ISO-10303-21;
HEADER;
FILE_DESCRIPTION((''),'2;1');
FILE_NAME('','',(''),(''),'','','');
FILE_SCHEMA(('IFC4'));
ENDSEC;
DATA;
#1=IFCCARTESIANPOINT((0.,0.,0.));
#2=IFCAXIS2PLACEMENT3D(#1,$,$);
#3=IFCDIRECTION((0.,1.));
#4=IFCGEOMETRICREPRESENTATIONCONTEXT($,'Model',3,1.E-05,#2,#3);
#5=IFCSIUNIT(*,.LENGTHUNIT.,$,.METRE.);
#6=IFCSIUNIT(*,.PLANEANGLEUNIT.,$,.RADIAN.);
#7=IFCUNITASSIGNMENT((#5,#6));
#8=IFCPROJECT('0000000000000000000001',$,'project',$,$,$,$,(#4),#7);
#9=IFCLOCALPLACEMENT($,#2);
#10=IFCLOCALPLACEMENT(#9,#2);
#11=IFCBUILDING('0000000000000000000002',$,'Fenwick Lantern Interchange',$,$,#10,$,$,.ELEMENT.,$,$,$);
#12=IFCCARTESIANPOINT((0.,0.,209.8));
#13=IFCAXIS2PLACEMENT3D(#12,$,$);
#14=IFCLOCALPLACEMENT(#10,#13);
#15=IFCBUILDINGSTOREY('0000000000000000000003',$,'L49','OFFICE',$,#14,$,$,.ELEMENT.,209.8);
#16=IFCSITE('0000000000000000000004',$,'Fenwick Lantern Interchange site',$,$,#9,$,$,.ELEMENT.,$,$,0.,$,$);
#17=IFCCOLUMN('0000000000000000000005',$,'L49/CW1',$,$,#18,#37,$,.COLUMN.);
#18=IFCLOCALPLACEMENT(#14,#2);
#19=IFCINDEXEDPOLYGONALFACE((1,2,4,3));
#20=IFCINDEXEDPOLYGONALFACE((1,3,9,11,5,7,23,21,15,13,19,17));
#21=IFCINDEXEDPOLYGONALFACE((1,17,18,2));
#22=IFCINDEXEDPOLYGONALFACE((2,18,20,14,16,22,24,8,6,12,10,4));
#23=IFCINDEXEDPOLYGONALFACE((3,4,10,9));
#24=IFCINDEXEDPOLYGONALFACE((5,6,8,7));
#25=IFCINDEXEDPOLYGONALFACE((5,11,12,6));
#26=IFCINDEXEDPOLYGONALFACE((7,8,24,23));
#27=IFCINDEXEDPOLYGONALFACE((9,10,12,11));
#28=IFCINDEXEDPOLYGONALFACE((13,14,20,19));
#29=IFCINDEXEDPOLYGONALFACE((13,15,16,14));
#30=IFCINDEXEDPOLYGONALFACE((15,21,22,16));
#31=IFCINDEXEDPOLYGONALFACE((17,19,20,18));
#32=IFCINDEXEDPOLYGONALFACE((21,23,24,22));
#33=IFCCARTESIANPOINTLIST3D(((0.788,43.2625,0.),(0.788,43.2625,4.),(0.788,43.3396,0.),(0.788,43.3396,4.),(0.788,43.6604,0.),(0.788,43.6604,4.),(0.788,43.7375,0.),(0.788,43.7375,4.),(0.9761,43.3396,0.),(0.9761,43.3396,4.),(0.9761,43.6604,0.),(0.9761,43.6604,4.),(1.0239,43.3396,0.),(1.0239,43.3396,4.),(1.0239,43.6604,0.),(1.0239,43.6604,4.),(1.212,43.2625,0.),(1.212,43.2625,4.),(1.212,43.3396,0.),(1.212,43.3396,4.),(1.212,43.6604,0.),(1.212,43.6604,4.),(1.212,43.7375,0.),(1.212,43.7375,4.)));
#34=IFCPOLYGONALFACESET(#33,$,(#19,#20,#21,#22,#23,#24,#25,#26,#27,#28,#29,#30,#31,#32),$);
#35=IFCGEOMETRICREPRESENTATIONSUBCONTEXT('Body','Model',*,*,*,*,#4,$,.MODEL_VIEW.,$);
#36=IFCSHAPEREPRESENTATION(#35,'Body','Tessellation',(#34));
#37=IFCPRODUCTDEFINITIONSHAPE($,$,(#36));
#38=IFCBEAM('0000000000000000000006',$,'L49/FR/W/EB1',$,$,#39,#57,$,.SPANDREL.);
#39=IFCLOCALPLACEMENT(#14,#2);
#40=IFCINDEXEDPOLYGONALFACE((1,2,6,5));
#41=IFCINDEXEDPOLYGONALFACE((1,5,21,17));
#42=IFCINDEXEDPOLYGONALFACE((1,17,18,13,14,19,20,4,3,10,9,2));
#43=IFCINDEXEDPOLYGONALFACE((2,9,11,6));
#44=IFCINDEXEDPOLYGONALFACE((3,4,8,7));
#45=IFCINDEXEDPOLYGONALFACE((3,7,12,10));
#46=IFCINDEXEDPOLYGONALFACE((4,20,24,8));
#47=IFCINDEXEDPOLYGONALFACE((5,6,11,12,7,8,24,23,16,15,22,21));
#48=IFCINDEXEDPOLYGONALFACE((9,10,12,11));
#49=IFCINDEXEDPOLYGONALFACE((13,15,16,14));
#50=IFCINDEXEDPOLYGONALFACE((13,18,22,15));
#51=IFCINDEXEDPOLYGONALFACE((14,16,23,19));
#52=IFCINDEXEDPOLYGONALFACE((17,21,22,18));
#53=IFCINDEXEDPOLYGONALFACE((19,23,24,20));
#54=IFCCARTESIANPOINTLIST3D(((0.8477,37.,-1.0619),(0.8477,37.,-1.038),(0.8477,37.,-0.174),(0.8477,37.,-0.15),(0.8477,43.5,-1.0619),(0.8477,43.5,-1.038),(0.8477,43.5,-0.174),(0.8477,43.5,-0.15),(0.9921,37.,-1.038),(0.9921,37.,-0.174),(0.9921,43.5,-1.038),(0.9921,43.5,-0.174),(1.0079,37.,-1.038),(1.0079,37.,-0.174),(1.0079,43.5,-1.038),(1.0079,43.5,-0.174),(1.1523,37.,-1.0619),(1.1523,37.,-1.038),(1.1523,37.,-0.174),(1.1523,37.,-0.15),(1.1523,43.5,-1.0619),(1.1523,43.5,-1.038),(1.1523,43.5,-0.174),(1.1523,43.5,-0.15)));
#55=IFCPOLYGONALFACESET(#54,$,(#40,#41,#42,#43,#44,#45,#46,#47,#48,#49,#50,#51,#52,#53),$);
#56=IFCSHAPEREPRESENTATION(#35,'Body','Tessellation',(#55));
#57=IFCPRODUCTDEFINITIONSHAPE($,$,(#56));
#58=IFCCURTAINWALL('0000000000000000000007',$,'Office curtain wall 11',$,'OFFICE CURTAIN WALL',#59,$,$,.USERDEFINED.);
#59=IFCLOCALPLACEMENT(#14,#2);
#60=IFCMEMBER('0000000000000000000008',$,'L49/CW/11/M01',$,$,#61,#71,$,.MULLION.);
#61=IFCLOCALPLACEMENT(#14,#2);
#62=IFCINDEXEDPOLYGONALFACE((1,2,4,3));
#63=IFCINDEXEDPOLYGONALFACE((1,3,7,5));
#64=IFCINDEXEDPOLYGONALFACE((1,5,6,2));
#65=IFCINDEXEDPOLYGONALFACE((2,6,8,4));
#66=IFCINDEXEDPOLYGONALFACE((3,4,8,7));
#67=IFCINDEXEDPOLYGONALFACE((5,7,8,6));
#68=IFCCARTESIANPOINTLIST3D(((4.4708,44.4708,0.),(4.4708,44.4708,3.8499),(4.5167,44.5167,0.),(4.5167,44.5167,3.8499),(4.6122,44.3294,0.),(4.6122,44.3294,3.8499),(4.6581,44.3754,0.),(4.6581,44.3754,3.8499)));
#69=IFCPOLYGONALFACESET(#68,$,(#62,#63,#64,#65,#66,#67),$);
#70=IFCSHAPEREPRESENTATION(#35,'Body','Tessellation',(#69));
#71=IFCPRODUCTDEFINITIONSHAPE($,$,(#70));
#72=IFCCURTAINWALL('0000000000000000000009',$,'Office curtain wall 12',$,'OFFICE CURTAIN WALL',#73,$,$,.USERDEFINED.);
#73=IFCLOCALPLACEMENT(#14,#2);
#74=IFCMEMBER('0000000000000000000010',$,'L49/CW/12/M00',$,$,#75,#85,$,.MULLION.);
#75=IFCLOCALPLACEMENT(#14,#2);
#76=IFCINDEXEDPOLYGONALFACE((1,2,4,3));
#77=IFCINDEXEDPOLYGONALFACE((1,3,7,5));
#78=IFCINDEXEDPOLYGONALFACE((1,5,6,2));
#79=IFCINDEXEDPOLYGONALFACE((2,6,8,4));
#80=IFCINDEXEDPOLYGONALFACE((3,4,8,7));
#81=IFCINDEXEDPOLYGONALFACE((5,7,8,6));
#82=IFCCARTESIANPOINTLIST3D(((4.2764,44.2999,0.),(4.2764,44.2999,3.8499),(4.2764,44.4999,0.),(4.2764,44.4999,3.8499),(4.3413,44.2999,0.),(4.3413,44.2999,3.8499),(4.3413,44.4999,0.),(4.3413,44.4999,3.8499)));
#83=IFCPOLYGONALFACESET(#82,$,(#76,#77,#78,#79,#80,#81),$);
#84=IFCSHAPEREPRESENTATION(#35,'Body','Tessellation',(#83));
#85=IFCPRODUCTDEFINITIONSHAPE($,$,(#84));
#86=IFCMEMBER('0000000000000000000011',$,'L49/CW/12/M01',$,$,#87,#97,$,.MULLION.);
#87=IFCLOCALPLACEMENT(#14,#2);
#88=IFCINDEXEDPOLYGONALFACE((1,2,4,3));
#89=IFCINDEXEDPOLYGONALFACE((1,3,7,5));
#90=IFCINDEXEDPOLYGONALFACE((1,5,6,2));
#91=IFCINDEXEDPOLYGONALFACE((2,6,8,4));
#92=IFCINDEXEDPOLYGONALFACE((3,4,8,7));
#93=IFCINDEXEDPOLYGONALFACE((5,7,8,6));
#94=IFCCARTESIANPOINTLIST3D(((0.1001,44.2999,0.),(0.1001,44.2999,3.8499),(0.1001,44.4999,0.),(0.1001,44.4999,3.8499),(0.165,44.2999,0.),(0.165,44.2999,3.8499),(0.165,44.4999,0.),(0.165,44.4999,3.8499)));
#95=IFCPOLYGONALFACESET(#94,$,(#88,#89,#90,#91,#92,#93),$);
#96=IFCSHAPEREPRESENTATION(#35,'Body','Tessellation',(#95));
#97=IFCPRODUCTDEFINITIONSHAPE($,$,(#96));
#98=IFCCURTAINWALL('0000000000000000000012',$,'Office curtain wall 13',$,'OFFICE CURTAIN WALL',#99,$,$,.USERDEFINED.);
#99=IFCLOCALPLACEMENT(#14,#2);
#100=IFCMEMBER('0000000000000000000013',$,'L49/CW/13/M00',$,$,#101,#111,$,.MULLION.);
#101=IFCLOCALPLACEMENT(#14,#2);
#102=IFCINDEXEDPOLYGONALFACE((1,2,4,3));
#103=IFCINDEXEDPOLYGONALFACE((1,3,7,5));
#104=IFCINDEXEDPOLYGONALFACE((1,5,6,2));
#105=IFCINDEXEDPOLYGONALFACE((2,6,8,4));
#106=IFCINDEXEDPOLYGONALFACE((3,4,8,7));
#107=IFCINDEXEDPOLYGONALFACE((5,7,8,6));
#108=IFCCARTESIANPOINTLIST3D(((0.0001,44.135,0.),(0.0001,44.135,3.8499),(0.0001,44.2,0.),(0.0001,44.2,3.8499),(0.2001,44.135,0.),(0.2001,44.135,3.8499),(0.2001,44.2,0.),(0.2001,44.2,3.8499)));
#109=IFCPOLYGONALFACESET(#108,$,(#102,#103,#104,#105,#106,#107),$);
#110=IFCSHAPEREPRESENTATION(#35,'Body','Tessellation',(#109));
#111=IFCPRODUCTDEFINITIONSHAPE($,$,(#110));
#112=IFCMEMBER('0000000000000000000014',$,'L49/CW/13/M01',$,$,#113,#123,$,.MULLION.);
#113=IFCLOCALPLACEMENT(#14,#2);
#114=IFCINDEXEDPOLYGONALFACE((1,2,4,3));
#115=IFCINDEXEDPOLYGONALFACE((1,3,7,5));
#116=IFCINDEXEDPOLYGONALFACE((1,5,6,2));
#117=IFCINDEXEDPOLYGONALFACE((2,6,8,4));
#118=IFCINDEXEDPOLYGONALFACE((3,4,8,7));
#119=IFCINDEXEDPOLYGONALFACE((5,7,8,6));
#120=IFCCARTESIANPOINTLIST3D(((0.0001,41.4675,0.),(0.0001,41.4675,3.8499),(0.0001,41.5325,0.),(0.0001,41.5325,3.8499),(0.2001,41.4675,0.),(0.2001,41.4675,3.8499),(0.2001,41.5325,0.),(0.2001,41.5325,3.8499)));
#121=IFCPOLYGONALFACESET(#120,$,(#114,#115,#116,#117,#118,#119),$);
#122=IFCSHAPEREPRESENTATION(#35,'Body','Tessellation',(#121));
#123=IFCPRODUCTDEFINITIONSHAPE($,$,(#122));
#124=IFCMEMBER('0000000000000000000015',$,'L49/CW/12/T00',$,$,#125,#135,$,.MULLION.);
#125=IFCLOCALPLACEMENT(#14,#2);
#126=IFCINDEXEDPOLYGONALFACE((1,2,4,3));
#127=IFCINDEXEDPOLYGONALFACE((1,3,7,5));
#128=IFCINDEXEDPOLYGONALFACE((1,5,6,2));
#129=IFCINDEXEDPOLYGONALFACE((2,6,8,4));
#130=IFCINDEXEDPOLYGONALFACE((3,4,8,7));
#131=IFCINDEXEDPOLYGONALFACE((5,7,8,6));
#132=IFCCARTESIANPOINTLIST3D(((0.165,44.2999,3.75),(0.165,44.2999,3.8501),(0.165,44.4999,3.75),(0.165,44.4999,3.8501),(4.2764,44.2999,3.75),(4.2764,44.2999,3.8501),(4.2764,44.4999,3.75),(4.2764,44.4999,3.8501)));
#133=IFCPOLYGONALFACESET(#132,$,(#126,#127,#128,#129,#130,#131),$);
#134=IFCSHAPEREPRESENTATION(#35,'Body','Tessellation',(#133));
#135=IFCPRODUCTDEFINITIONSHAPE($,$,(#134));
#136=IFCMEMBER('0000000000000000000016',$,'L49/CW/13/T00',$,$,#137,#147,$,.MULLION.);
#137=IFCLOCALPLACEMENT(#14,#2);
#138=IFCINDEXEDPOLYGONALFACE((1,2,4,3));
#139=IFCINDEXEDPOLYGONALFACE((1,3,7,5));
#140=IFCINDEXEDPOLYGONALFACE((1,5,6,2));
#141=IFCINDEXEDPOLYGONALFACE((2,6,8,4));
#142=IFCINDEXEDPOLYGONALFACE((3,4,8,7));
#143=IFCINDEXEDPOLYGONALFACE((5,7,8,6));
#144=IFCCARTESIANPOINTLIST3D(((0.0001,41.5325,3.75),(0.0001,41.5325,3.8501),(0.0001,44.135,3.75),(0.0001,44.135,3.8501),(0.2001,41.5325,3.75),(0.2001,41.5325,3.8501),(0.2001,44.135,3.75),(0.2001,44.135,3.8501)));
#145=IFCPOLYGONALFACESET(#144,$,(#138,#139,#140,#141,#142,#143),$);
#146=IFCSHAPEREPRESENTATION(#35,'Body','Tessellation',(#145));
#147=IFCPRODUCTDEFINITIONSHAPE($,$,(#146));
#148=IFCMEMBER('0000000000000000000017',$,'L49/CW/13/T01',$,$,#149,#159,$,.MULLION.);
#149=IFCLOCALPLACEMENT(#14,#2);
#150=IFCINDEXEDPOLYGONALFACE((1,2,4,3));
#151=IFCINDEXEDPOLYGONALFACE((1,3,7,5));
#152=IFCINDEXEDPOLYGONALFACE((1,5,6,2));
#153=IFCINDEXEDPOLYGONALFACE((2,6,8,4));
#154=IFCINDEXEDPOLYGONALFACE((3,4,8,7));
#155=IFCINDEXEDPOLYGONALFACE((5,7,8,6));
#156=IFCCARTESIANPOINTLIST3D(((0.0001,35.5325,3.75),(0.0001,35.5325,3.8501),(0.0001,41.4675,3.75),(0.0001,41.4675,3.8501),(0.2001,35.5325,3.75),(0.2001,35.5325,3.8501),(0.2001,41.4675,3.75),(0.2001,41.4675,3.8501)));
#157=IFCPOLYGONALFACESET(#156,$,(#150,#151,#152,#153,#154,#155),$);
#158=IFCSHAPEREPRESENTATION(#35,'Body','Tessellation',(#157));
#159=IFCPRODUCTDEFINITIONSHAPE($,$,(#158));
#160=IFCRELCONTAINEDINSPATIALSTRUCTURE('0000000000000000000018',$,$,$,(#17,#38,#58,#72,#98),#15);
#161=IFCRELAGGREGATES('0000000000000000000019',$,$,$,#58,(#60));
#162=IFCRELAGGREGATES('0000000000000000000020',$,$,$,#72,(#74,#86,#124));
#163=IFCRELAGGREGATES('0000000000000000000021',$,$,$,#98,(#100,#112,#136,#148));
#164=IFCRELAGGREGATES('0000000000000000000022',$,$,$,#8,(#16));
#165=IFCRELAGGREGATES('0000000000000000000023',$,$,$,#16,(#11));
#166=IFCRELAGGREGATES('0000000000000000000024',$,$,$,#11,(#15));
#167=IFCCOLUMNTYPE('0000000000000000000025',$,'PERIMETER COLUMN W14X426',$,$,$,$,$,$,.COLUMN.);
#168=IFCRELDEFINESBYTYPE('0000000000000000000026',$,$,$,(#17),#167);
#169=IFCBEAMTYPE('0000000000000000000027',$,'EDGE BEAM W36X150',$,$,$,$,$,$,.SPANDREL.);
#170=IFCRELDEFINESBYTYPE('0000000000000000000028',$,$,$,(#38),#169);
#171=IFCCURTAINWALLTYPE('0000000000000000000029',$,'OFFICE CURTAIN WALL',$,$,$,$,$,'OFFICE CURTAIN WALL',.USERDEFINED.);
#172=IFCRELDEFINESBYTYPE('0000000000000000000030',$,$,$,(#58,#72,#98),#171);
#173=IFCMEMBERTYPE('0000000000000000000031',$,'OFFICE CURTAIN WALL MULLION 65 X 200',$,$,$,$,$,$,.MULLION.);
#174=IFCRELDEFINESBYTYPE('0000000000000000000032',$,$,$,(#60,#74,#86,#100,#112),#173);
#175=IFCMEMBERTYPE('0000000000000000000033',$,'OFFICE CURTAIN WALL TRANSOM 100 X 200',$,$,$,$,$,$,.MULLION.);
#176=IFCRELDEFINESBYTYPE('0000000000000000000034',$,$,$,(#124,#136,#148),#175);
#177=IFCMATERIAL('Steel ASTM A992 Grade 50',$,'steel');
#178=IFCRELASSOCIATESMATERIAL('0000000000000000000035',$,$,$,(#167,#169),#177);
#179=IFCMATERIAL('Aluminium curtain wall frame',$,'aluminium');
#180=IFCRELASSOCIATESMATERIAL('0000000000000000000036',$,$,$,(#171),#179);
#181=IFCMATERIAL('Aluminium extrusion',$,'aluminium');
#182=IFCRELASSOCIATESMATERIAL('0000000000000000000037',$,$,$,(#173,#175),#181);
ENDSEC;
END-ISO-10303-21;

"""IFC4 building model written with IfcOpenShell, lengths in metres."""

from ifc_helpers import new_model, si_unit, direction, frame, origin, origin_2d, place, context, subcontext, project, spatial, rectangle, i_section, extrude, material, material_profile, profile_set, type_object, element, aggregate, save


model = new_model("IFC4")

# Units and contexts
model_context = context("Model", 3, precision=1e-05, world=origin(), true_north=direction((0.0, 1.0)))
body_context = subcontext(model_context, "Body", "Model", "MODEL_VIEW")
ifc_project = project(units=[si_unit("LENGTHUNIT", "METRE"), si_unit("PLANEANGLEUNIT", "RADIAN")], contexts=[model_context])

# Site, building, storey
site_placement = place(None, origin())
site = spatial("IfcSite", under=ifc_project, at=site_placement, Name="Fenwick Lantern Interchange site", CompositionType="ELEMENT", RefElevation=0.0)
building_placement = place(site_placement, origin())
building = spatial("IfcBuilding", under=site, at=building_placement, Name="Fenwick Lantern Interchange", CompositionType="ELEMENT")
storey_placement = place(building_placement, frame((0.0, 0.0, 209.8)))
storey = spatial("IfcBuildingStorey", under=building, at=storey_placement, Name="L49", Description="OFFICE", CompositionType="ELEMENT", Elevation=209.8)

# Column
ifc_material_1 = material(Name="Steel ASTM A992 Grade 50", Category="steel")
ifc_material_profile_1 = material_profile(ifc_material_1, i_section(OverallWidth=0.4241, OverallDepth=0.4751, WebThickness=0.0479, FlangeThickness=0.0771, at=origin_2d()), Name="W14X426")
ifc_profile_set_1 = profile_set([ifc_material_profile_1], Name="Steel ASTM A992 Grade 50")
column_type = type_object("IfcColumnType", Name="PERIMETER COLUMN W14X426", PredefinedType="COLUMN", material=ifc_profile_set_1)
column_placement = place(storey_placement, frame((1.0, 43.5, 0.0), z_axis=(0.0, 0.0, 1.0), x_axis=(1.0, 0.0, 0.0)))
element("IfcColumn", 1, at=column_placement, inside=storey, type_object=column_type, Name="L49/CW1", PredefinedType="COLUMN", context=body_context, shape_type="SweptSolid", body=[
    extrude(i_section(OverallWidth=0.4241, OverallDepth=0.4751, WebThickness=0.0479, FlangeThickness=0.0771, at=origin_2d()), origin(), (0.0, 0.0, 1.0), 4.0),
])

# Beam
ifc_material_profile_2 = material_profile(ifc_material_1, i_section(OverallWidth=0.3047, OverallDepth=0.9119, WebThickness=0.0159, FlangeThickness=0.0239, at=origin_2d()), Name="W36X150")
ifc_profile_set_2 = profile_set([ifc_material_profile_2], Name="Steel ASTM A992 Grade 50")
beam_type = type_object("IfcBeamType", Name="EDGE BEAM W36X150", PredefinedType="SPANDREL", material=ifc_profile_set_2)
beam_placement = place(storey_placement, frame((1.0, 43.5, -0.606), z_axis=(0.0, -1.0, 0.0), x_axis=(1.0, 0.0, 0.0)))
element("IfcBeam", 2, at=beam_placement, inside=storey, type_object=beam_type, Name="L49/FR/W/EB1", PredefinedType="SPANDREL", context=body_context, shape_type="SweptSolid", body=[
    extrude(i_section(OverallWidth=0.3047, OverallDepth=0.9119, WebThickness=0.0159, FlangeThickness=0.0239, at=origin_2d()), origin(), (0.0, 0.0, 1.0), 6.5),
])

# Curtain wall, member
ifc_material_2 = material(Name="Aluminium curtain wall frame", Category="aluminium")
curtain_wall_type = type_object("IfcCurtainWallType", Name="OFFICE CURTAIN WALL", ElementType="OFFICE CURTAIN WALL", PredefinedType="USERDEFINED", material=ifc_material_2)
curtain_wall_1_placement = place(storey_placement, origin())
curtain_wall_1 = element("IfcCurtainWall", 3, at=curtain_wall_1_placement, inside=storey, type_object=curtain_wall_type, Name="Office curtain wall 11", ObjectType="OFFICE CURTAIN WALL", PredefinedType="USERDEFINED")
ifc_material_3 = material(Name="Aluminium extrusion", Category="aluminium")
ifc_material_profile_3 = material_profile(ifc_material_3, rectangle(XDim=0.2, YDim=0.0649, at=origin_2d()), Name="OFFICE CURTAIN WALL MULLION 65 X 200")
ifc_profile_set_3 = profile_set([ifc_material_profile_3], Name="Aluminium extrusion")
member_type_1 = type_object("IfcMemberType", Name="OFFICE CURTAIN WALL MULLION 65 X 200", PredefinedType="MULLION", material=ifc_profile_set_3)
member_1_placement = place(storey_placement, frame((4.5645, 44.4231, 0.0), z_axis=(0.0, 0.0, 1.0), x_axis=(0.707107, -0.707107, 0.0)))
member_1 = element("IfcMember", 4, at=member_1_placement, type_object=member_type_1, Name="L49/CW/11/M01", PredefinedType="MULLION", context=body_context, shape_type="SweptSolid", body=[
    extrude(rectangle(XDim=0.2, YDim=0.0649, at=origin_2d()), origin(), (0.0, 0.0, 1.0), 3.8499),
])
aggregate(curtain_wall_1, [member_1])

# Curtain walls, members
curtain_wall_2_placement = place(storey_placement, origin())
curtain_wall_2 = element("IfcCurtainWall", 5, at=curtain_wall_2_placement, inside=storey, type_object=curtain_wall_type, Name="Office curtain wall 12", ObjectType="OFFICE CURTAIN WALL", PredefinedType="USERDEFINED")
member_2_placement = place(storey_placement, frame((4.3088, 44.3999, 0.0), z_axis=(0.0, 0.0, 1.0), x_axis=(0.0, -1.0, 0.0)))
member_2 = element("IfcMember", 6, at=member_2_placement, type_object=member_type_1, Name="L49/CW/12/M00", PredefinedType="MULLION", context=body_context, shape_type="SweptSolid", body=[
    extrude(rectangle(XDim=0.2, YDim=0.0649, at=origin_2d()), origin(), (0.0, 0.0, 1.0), 3.8499),
])
member_3_placement = place(storey_placement, frame((0.1326, 44.3999, 0.0), z_axis=(0.0, 0.0, 1.0), x_axis=(0.0, -1.0, 0.0)))
member_3 = element("IfcMember", 7, at=member_3_placement, type_object=member_type_1, Name="L49/CW/12/M01", PredefinedType="MULLION", context=body_context, shape_type="SweptSolid", body=[
    extrude(rectangle(XDim=0.2, YDim=0.0649, at=origin_2d()), origin(), (0.0, 0.0, 1.0), 3.8499),
])
curtain_wall_3_placement = place(storey_placement, origin())
curtain_wall_3 = element("IfcCurtainWall", 8, at=curtain_wall_3_placement, inside=storey, type_object=curtain_wall_type, Name="Office curtain wall 13", ObjectType="OFFICE CURTAIN WALL", PredefinedType="USERDEFINED")
member_4_placement = place(storey_placement, frame((0.1001, 44.1675, 0.0), z_axis=(0.0, 0.0, 1.0), x_axis=(1.0, 0.0, 0.0)))
member_4 = element("IfcMember", 9, at=member_4_placement, type_object=member_type_1, Name="L49/CW/13/M00", PredefinedType="MULLION", context=body_context, shape_type="SweptSolid", body=[
    extrude(rectangle(XDim=0.2, YDim=0.0649, at=origin_2d()), origin(), (0.0, 0.0, 1.0), 3.8499),
])
member_5_placement = place(storey_placement, frame((0.1001, 41.5, 0.0), z_axis=(0.0, 0.0, 1.0), x_axis=(1.0, 0.0, 0.0)))
member_5 = element("IfcMember", 10, at=member_5_placement, type_object=member_type_1, Name="L49/CW/13/M01", PredefinedType="MULLION", context=body_context, shape_type="SweptSolid", body=[
    extrude(rectangle(XDim=0.2, YDim=0.0649, at=origin_2d()), origin(), (0.0, 0.0, 1.0), 3.8499),
])

# Members
ifc_material_profile_4 = material_profile(ifc_material_3, rectangle(XDim=0.2, YDim=0.1001, at=origin_2d()), Name="OFFICE CURTAIN WALL TRANSOM 100 X 200")
ifc_profile_set_4 = profile_set([ifc_material_profile_4], Name="Aluminium extrusion")
member_type_2 = type_object("IfcMemberType", Name="OFFICE CURTAIN WALL TRANSOM 100 X 200", PredefinedType="MULLION", material=ifc_profile_set_4)
member_6_placement = place(storey_placement, frame((4.2764, 44.3999, 3.8), z_axis=(-1.0, 0.0, 0.0), x_axis=(0.0, -1.0, 0.0)))
member_6 = element("IfcMember", 11, at=member_6_placement, type_object=member_type_2, Name="L49/CW/12/T00", PredefinedType="MULLION", context=body_context, shape_type="SweptSolid", body=[
    extrude(rectangle(XDim=0.2, YDim=0.1001, at=origin_2d()), origin(), (0.0, 0.0, 1.0), 4.1113),
])
member_7_placement = place(storey_placement, frame((0.1001, 44.135, 3.8), z_axis=(0.0, -1.0, 0.0), x_axis=(1.0, 0.0, 0.0)))
member_7 = element("IfcMember", 12, at=member_7_placement, type_object=member_type_2, Name="L49/CW/13/T00", PredefinedType="MULLION", context=body_context, shape_type="SweptSolid", body=[
    extrude(rectangle(XDim=0.2, YDim=0.1001, at=origin_2d()), origin(), (0.0, 0.0, 1.0), 2.6025),
])
member_8_placement = place(storey_placement, frame((0.1001, 41.4675, 3.8), z_axis=(0.0, -1.0, 0.0), x_axis=(1.0, 0.0, 0.0)))
member_8 = element("IfcMember", 13, at=member_8_placement, type_object=member_type_2, Name="L49/CW/13/T01", PredefinedType="MULLION", context=body_context, shape_type="SweptSolid", body=[
    extrude(rectangle(XDim=0.2, YDim=0.1001, at=origin_2d()), origin(), (0.0, 0.0, 1.0), 5.9351),
])

aggregate(curtain_wall_2, [member_2, member_3, member_6])
aggregate(curtain_wall_3, [member_4, member_5, member_7, member_8])

save(model, "model.ifc")
